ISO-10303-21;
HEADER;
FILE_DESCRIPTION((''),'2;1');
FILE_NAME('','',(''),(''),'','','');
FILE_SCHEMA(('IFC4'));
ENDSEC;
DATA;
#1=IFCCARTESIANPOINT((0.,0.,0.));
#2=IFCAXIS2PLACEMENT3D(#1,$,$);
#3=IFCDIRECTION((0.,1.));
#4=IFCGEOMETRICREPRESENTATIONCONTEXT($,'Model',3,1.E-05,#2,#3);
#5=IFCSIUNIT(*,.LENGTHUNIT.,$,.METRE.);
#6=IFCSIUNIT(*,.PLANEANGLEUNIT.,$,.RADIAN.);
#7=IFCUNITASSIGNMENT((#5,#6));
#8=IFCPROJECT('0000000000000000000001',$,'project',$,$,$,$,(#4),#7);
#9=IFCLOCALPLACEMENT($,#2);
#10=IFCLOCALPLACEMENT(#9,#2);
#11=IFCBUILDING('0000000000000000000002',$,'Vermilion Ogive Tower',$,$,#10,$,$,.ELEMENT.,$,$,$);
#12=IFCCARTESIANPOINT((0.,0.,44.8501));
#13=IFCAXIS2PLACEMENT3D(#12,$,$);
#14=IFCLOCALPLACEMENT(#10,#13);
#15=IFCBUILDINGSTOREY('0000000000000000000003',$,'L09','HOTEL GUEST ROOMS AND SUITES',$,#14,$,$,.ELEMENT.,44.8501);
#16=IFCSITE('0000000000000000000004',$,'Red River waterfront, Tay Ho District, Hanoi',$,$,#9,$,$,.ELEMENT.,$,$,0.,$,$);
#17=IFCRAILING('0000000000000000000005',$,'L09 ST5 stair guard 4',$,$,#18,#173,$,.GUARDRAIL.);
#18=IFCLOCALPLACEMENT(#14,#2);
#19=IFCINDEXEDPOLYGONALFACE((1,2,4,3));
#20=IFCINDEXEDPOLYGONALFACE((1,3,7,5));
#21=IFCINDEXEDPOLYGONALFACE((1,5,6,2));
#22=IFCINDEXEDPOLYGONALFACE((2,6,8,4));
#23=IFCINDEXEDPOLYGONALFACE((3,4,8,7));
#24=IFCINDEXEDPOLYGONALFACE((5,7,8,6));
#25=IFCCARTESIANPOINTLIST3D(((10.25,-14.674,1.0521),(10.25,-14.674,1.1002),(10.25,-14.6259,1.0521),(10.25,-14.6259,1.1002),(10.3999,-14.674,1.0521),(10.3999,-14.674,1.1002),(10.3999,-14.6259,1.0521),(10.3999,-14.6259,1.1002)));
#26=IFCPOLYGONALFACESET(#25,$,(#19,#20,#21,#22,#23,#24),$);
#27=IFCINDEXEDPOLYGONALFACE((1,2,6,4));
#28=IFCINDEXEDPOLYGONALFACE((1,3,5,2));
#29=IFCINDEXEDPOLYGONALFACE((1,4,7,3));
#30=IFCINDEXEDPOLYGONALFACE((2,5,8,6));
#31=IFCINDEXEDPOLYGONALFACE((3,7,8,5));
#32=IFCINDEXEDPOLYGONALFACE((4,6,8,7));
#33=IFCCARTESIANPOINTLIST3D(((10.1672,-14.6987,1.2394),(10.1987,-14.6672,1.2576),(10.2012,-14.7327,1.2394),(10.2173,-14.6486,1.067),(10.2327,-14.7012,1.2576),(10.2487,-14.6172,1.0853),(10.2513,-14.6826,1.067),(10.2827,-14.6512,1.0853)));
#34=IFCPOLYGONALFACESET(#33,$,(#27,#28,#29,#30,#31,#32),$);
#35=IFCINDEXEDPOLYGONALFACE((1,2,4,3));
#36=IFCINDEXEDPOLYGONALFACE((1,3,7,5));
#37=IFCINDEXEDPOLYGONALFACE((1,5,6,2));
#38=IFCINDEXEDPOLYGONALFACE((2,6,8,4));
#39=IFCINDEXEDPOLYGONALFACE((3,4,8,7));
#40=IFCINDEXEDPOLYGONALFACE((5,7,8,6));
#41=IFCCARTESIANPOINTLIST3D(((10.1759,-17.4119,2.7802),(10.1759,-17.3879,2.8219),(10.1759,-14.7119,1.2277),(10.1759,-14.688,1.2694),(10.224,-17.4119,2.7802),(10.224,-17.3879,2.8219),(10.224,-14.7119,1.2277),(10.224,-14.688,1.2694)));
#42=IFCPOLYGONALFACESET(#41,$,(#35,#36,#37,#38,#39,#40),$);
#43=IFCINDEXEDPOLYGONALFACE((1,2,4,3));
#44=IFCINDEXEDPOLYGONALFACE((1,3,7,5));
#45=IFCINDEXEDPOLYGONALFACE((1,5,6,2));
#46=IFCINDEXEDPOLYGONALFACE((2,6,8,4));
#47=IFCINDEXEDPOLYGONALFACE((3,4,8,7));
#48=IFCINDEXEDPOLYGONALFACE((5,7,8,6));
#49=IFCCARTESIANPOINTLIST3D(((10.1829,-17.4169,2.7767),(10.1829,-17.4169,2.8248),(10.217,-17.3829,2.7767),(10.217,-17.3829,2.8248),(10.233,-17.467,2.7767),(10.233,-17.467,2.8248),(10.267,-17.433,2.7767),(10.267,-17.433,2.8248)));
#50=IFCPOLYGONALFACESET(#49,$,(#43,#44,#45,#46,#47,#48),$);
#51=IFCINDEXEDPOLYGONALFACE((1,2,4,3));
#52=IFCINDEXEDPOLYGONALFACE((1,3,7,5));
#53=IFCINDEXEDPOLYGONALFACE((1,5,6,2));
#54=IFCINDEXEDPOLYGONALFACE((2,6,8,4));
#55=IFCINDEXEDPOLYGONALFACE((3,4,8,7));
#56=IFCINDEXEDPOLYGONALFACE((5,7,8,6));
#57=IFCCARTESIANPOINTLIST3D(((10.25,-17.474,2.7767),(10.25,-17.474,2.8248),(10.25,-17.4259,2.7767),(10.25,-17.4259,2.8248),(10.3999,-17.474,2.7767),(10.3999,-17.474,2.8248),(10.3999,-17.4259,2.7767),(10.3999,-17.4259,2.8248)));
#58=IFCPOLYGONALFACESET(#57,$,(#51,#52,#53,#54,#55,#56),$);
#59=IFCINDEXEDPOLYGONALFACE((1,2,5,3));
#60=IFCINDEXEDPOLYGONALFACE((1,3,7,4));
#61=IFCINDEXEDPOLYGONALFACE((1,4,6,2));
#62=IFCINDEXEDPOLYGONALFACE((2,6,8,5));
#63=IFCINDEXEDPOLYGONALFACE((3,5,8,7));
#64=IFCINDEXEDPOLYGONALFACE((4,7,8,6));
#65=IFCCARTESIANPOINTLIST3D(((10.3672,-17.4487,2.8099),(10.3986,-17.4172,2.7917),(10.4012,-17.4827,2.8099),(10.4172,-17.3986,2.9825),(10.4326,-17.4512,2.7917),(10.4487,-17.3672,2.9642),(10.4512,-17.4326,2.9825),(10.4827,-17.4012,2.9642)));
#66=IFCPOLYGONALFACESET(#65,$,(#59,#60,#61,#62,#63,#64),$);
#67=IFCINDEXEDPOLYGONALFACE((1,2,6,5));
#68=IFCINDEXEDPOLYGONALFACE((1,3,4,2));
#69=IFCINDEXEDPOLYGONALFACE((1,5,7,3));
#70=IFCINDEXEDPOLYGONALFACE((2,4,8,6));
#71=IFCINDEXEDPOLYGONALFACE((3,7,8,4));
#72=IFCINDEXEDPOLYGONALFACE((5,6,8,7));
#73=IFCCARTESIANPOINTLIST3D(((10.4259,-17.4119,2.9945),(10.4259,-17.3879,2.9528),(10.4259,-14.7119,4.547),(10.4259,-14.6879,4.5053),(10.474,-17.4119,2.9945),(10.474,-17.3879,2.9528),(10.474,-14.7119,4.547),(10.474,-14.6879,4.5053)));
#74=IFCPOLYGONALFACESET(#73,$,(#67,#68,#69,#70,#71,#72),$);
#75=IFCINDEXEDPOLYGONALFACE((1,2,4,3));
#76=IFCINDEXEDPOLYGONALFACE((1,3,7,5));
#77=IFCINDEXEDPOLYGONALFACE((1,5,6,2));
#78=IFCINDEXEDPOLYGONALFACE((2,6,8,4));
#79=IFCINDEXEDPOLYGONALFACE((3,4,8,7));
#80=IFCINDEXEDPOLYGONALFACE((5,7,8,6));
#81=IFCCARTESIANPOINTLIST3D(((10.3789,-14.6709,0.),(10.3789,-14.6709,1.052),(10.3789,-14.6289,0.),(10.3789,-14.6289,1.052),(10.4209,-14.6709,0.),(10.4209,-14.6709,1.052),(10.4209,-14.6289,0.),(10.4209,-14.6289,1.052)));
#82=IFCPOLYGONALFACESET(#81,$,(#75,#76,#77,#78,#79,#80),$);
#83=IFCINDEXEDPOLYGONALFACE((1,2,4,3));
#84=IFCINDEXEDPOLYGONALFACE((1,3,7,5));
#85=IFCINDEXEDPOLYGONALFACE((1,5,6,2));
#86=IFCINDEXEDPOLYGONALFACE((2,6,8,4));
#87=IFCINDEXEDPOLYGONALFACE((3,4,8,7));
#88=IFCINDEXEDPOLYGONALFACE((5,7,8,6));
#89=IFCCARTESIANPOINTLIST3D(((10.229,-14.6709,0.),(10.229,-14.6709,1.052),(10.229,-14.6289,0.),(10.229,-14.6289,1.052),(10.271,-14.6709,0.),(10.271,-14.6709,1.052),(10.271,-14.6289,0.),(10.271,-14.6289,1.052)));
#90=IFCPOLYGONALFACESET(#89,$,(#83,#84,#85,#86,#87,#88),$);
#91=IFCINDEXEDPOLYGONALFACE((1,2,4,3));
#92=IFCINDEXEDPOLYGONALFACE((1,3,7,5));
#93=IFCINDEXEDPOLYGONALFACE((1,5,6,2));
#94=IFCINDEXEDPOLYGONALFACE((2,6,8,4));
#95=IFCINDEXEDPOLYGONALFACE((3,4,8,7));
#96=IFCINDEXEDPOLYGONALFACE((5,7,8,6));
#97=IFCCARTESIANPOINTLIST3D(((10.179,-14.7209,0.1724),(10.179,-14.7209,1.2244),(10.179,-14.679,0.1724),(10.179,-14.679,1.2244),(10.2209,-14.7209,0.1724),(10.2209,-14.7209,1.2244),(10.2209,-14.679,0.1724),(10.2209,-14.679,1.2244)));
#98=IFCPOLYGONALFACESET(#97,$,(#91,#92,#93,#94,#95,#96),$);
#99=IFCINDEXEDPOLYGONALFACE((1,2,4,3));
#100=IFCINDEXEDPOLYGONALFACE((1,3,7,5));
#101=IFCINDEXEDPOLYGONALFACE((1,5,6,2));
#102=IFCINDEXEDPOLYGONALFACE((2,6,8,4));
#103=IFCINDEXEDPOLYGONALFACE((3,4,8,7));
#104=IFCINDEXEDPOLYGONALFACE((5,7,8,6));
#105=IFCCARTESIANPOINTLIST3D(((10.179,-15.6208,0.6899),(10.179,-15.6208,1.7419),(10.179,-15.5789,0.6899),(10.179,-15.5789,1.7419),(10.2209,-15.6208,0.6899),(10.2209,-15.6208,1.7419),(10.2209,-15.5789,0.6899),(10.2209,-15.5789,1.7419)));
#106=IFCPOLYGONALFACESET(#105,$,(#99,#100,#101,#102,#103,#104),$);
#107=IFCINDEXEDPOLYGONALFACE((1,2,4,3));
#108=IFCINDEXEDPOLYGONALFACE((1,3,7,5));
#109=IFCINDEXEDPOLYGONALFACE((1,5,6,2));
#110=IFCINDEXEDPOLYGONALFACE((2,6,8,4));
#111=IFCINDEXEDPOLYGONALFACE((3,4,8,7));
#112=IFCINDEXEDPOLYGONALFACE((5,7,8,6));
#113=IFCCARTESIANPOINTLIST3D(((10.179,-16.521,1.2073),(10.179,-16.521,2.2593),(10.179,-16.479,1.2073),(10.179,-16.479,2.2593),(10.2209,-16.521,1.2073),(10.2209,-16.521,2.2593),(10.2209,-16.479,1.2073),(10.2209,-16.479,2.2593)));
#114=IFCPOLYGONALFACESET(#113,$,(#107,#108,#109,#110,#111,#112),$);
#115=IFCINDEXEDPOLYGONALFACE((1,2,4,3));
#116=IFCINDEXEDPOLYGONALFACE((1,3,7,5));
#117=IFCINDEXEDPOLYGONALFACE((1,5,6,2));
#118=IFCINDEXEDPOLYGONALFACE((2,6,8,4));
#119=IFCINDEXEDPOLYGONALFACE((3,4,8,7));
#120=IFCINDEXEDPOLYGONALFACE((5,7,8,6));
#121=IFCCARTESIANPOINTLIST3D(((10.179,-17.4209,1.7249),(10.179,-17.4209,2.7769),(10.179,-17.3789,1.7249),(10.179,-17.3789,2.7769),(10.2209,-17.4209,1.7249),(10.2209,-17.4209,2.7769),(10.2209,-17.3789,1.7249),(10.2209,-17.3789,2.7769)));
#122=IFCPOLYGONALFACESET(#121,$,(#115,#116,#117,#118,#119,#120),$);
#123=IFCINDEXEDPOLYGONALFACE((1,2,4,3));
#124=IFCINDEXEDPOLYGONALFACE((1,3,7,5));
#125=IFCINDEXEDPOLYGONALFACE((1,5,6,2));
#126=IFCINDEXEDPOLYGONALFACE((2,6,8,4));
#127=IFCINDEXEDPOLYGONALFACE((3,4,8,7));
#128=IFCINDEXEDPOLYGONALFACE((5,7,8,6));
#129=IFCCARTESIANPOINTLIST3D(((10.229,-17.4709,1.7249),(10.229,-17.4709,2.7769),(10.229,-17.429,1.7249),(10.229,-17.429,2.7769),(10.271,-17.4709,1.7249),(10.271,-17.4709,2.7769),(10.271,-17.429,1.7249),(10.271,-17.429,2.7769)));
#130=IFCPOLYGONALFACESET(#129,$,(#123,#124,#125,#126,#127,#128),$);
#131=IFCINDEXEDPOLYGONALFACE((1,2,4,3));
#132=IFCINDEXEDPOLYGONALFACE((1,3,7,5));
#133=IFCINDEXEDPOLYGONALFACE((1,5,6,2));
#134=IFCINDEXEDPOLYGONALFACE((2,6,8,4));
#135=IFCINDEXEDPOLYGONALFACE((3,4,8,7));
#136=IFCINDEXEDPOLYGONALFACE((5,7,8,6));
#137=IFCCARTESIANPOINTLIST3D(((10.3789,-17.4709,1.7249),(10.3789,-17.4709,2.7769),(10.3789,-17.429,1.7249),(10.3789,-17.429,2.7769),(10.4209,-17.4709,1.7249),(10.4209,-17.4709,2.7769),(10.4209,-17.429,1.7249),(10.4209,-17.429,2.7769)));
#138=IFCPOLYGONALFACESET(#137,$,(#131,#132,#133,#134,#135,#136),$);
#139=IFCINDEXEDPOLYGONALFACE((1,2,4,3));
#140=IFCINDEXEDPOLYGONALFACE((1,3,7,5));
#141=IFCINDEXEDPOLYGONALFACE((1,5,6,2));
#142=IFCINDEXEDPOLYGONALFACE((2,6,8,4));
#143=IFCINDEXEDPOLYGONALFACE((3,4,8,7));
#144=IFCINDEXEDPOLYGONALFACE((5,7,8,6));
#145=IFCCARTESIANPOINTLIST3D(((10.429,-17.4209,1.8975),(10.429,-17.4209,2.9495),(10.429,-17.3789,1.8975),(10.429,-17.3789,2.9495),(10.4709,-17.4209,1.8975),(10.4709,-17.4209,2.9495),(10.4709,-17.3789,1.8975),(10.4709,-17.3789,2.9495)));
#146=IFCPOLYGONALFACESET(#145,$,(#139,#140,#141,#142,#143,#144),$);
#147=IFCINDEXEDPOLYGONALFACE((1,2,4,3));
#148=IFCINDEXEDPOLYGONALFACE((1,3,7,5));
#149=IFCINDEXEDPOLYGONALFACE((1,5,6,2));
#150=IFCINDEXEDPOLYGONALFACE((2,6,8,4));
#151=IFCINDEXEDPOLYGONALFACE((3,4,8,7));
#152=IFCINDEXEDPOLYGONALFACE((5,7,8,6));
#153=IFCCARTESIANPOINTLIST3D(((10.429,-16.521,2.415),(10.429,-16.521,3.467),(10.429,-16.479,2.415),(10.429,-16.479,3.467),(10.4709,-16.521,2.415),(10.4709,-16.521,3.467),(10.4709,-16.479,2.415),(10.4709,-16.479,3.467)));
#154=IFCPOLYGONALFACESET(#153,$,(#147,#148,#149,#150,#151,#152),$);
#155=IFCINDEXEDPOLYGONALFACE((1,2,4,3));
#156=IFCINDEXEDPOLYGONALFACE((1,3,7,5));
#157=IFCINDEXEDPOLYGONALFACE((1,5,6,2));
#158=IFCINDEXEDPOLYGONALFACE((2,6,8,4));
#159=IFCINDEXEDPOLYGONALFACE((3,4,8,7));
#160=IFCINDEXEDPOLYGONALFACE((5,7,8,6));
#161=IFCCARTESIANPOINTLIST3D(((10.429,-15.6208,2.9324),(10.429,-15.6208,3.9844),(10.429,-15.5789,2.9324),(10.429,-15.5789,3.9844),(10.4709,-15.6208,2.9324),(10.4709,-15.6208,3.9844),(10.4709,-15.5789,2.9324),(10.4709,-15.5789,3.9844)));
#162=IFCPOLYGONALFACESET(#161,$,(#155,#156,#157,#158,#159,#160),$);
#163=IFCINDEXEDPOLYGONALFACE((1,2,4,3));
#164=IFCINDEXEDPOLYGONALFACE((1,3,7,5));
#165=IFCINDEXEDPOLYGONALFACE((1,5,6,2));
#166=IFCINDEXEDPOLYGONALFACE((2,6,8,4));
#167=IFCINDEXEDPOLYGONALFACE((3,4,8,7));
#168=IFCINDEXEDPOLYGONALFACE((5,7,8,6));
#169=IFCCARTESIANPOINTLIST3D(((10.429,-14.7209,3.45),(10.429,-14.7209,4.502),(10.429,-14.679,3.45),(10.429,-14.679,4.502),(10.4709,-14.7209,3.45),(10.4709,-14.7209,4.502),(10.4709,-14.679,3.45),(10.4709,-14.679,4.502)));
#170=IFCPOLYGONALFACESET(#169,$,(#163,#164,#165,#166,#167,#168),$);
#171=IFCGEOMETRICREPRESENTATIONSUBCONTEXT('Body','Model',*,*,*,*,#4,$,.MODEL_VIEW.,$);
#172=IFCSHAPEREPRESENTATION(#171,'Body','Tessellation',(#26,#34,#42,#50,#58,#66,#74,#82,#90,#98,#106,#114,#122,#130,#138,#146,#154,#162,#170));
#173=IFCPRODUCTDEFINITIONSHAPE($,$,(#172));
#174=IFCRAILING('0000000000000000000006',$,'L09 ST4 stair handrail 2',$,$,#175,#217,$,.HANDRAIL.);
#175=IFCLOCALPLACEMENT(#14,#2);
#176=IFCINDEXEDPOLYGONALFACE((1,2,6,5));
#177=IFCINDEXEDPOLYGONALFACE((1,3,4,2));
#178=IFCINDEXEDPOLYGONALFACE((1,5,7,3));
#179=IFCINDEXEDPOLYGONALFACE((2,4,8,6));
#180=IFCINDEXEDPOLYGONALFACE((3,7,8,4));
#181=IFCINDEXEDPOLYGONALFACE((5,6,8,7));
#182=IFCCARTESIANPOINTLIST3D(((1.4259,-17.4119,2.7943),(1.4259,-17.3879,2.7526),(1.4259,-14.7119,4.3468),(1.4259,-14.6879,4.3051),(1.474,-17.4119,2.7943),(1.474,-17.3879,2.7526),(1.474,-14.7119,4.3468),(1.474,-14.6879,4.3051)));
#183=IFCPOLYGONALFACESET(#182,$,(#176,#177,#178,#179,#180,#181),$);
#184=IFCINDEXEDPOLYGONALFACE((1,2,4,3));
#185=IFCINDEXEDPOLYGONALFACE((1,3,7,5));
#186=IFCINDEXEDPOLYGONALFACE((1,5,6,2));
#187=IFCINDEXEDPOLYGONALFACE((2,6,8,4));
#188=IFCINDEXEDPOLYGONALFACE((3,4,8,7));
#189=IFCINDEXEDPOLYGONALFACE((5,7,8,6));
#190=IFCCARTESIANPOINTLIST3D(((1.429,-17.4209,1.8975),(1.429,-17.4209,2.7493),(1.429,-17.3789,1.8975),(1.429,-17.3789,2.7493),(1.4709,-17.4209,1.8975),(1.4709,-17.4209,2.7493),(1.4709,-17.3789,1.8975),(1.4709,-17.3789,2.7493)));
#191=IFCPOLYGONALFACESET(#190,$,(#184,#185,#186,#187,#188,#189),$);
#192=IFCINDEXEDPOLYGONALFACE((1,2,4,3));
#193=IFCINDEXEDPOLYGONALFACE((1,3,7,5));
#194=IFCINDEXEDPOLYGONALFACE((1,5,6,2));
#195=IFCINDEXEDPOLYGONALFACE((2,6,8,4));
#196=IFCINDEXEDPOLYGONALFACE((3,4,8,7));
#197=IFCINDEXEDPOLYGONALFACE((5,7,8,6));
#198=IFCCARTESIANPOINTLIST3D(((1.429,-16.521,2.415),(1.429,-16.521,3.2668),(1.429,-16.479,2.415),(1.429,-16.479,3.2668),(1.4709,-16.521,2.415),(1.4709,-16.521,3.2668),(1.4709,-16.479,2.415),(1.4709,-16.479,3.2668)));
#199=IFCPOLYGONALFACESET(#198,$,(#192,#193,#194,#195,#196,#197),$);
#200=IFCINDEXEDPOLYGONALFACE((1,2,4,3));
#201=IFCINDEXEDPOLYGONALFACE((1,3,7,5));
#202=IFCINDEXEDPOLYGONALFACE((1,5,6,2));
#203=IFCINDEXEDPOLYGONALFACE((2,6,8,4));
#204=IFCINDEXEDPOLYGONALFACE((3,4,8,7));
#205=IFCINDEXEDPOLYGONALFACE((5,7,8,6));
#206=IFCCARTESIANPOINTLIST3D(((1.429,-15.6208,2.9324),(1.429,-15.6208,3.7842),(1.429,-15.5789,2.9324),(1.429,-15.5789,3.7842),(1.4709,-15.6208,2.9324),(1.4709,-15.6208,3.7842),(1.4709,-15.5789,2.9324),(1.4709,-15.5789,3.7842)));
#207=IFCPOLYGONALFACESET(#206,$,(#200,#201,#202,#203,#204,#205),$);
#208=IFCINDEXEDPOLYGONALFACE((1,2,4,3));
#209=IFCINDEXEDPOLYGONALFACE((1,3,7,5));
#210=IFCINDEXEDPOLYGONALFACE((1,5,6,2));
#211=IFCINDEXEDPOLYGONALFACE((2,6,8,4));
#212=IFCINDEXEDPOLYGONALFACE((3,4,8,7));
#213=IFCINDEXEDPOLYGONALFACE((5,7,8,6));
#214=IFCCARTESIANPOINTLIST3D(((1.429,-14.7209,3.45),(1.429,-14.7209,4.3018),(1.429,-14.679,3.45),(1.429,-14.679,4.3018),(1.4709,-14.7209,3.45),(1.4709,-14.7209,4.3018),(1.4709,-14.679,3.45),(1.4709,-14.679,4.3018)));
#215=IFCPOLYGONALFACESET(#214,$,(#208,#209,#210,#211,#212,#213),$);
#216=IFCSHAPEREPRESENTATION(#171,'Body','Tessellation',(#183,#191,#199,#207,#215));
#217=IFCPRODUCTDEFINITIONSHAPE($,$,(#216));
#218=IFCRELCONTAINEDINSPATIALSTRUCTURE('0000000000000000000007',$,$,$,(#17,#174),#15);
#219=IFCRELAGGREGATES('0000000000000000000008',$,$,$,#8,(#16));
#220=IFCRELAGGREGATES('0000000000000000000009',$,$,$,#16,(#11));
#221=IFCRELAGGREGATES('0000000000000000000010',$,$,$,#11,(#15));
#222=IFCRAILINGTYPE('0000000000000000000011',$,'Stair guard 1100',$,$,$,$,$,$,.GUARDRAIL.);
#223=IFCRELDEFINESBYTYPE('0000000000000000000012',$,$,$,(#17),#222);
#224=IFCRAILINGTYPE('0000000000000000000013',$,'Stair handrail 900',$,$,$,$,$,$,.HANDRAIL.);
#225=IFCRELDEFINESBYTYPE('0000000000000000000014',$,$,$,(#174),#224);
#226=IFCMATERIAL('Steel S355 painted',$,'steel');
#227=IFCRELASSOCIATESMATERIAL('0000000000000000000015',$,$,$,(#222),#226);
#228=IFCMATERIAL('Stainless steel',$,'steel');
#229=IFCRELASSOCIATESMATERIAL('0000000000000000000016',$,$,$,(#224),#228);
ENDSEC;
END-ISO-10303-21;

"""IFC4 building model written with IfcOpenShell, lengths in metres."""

from ifc_helpers import new_model, si_unit, direction, frame, origin, origin_2d, place, context, subcontext, project, spatial, rectangle, extrude, material, type_object, element, save


model = new_model("IFC4")

# Units and contexts
model_context = context("Model", 3, precision=1e-05, world=origin(), true_north=direction((0.0, 1.0)))
body_context = subcontext(model_context, "Body", "Model", "MODEL_VIEW")
ifc_project = project(units=[si_unit("LENGTHUNIT", "METRE"), si_unit("PLANEANGLEUNIT", "RADIAN")], contexts=[model_context])

# Site, building, storey
site_placement = place(None, origin())
site = spatial("IfcSite", under=ifc_project, at=site_placement, Name="Red River waterfront, Tay Ho District, Hanoi", CompositionType="ELEMENT", RefElevation=0.0)
building_placement = place(site_placement, origin())
building = spatial("IfcBuilding", under=site, at=building_placement, Name="Vermilion Ogive Tower", CompositionType="ELEMENT")
storey_placement = place(building_placement, frame((0.0, 0.0, 44.8501)))
storey = spatial("IfcBuildingStorey", under=building, at=storey_placement, Name="L09", Description="HOTEL GUEST ROOMS AND SUITES", CompositionType="ELEMENT", Elevation=44.8501)

# Railings
ifc_material_1 = material(Name="Steel S355 painted", Category="steel")
railing_type_1 = type_object("IfcRailingType", Name="Stair guard 1100", PredefinedType="GUARDRAIL", material=ifc_material_1)
railing_1_placement = place(storey_placement, frame((10.3999, -14.6499, 0.0)))
element("IfcRailing", 1, at=railing_1_placement, inside=storey, type_object=railing_type_1, Name="L09 ST5 stair guard 4", PredefinedType="GUARDRAIL", context=body_context, shape_type="SweptSolid", body=[
    extrude(rectangle(XDim=0.0481, YDim=0.0481, at=origin_2d()), frame((0.0, 0.0, 1.0762), z_axis=(-1.0, 0.0, 0.0), x_axis=(0.0, -1.0, 0.0)), (0.0, 0.0, 1.0), 0.1499),
    extrude(rectangle(XDim=0.0481, YDim=0.0481, at=origin_2d()), frame((-0.1499, 0.0, 1.0762), z_axis=(-0.268603, -0.268603, 0.925043), x_axis=(0.707107, -0.707107, 0.0)), (0.0, 0.0, 1.0), 0.1863),
    extrude(rectangle(XDim=0.0481, YDim=0.0481, at=origin_2d()), frame((-0.2, -0.05, 1.2485), z_axis=(0.0, -0.866904, 0.498476), x_axis=(1.0, 0.0, 0.0)), (0.0, 0.0, 1.0), 3.1145),
    extrude(rectangle(XDim=0.0481, YDim=0.0481, at=origin_2d()), frame((-0.2, -2.75, 2.8008), z_axis=(0.707107, -0.707107, 0.0), x_axis=(0.707107, 0.707107, 0.0)), (0.0, 0.0, 1.0), 0.0708),
    extrude(rectangle(XDim=0.0481, YDim=0.0481, at=origin_2d()), frame((-0.1499, -2.8, 2.8008), z_axis=(1.0, 0.0, 0.0), x_axis=(0.0, 1.0, 0.0)), (0.0, 0.0, 1.0), 0.1499),
    extrude(rectangle(XDim=0.0481, YDim=0.0481, at=origin_2d()), frame((0.0, -2.8, 2.8008), z_axis=(0.268278, 0.268278, 0.925232), x_axis=(-0.707107, 0.707107, 0.0)), (0.0, 0.0, 1.0), 0.1865),
    extrude(rectangle(XDim=0.0481, YDim=0.0481, at=origin_2d()), frame((0.05, -2.75, 2.9736), z_axis=(0.0, 0.866904, 0.498476), x_axis=(-1.0, 0.0, 0.0)), (0.0, 0.0, 1.0), 3.1145),
    extrude(rectangle(XDim=0.042, YDim=0.042, at=origin_2d()), origin(), (0.0, 0.0, 1.0), 1.052),
    extrude(rectangle(XDim=0.042, YDim=0.042, at=origin_2d()), frame((-0.1499, 0.0, 0.0)), (0.0, 0.0, 1.0), 1.052),
    extrude(rectangle(XDim=0.042, YDim=0.042, at=origin_2d()), frame((-0.2, -0.05, 0.1724)), (0.0, 0.0, 1.0), 1.052),
    extrude(rectangle(XDim=0.042, YDim=0.042, at=origin_2d()), frame((-0.2, -0.95, 0.6899)), (0.0, 0.0, 1.0), 1.052),
    extrude(rectangle(XDim=0.042, YDim=0.042, at=origin_2d()), frame((-0.2, -1.8501, 1.2073)), (0.0, 0.0, 1.0), 1.052),
    extrude(rectangle(XDim=0.042, YDim=0.042, at=origin_2d()), frame((-0.2, -2.75, 1.7249)), (0.0, 0.0, 1.0), 1.052),
    extrude(rectangle(XDim=0.042, YDim=0.042, at=origin_2d()), frame((-0.1499, -2.8, 1.7249)), (0.0, 0.0, 1.0), 1.052),
    extrude(rectangle(XDim=0.042, YDim=0.042, at=origin_2d()), frame((0.0, -2.8, 1.7249)), (0.0, 0.0, 1.0), 1.052),
    extrude(rectangle(XDim=0.042, YDim=0.042, at=origin_2d()), frame((0.05, -2.75, 1.8975)), (0.0, 0.0, 1.0), 1.052),
    extrude(rectangle(XDim=0.042, YDim=0.042, at=origin_2d()), frame((0.05, -1.8501, 2.415)), (0.0, 0.0, 1.0), 1.052),
    extrude(rectangle(XDim=0.042, YDim=0.042, at=origin_2d()), frame((0.05, -0.95, 2.9324)), (0.0, 0.0, 1.0), 1.052),
    extrude(rectangle(XDim=0.042, YDim=0.042, at=origin_2d()), frame((0.05, -0.05, 3.45)), (0.0, 0.0, 1.0), 1.052),
])
ifc_material_2 = material(Name="Stainless steel", Category="steel")
railing_type_2 = type_object("IfcRailingType", Name="Stair handrail 900", PredefinedType="HANDRAIL", material=ifc_material_2)
railing_2_placement = place(storey_placement, frame((1.45, -17.3999, 1.8975)))
element("IfcRailing", 2, at=railing_2_placement, inside=storey, type_object=railing_type_2, Name="L09 ST4 stair handrail 2", PredefinedType="HANDRAIL", context=body_context, shape_type="SweptSolid", body=[
    extrude(rectangle(XDim=0.0481, YDim=0.0481, at=origin_2d()), frame((0.0, 0.0, 0.876), z_axis=(0.0, 0.866904, 0.498476), x_axis=(-1.0, 0.0, 0.0)), (0.0, 0.0, 1.0), 3.1145),
    extrude(rectangle(XDim=0.042, YDim=0.042, at=origin_2d()), origin(), (0.0, 0.0, 1.0), 0.8518),
    extrude(rectangle(XDim=0.042, YDim=0.042, at=origin_2d()), frame((0.0, 0.8999, 0.5176)), (0.0, 0.0, 1.0), 0.8518),
    extrude(rectangle(XDim=0.042, YDim=0.042, at=origin_2d()), frame((0.0, 1.8, 1.0349)), (0.0, 0.0, 1.0), 0.8518),
    extrude(rectangle(XDim=0.042, YDim=0.042, at=origin_2d()), frame((0.0, 2.7, 1.5525)), (0.0, 0.0, 1.0), 0.8518),
])

save(model, "model.ifc")
